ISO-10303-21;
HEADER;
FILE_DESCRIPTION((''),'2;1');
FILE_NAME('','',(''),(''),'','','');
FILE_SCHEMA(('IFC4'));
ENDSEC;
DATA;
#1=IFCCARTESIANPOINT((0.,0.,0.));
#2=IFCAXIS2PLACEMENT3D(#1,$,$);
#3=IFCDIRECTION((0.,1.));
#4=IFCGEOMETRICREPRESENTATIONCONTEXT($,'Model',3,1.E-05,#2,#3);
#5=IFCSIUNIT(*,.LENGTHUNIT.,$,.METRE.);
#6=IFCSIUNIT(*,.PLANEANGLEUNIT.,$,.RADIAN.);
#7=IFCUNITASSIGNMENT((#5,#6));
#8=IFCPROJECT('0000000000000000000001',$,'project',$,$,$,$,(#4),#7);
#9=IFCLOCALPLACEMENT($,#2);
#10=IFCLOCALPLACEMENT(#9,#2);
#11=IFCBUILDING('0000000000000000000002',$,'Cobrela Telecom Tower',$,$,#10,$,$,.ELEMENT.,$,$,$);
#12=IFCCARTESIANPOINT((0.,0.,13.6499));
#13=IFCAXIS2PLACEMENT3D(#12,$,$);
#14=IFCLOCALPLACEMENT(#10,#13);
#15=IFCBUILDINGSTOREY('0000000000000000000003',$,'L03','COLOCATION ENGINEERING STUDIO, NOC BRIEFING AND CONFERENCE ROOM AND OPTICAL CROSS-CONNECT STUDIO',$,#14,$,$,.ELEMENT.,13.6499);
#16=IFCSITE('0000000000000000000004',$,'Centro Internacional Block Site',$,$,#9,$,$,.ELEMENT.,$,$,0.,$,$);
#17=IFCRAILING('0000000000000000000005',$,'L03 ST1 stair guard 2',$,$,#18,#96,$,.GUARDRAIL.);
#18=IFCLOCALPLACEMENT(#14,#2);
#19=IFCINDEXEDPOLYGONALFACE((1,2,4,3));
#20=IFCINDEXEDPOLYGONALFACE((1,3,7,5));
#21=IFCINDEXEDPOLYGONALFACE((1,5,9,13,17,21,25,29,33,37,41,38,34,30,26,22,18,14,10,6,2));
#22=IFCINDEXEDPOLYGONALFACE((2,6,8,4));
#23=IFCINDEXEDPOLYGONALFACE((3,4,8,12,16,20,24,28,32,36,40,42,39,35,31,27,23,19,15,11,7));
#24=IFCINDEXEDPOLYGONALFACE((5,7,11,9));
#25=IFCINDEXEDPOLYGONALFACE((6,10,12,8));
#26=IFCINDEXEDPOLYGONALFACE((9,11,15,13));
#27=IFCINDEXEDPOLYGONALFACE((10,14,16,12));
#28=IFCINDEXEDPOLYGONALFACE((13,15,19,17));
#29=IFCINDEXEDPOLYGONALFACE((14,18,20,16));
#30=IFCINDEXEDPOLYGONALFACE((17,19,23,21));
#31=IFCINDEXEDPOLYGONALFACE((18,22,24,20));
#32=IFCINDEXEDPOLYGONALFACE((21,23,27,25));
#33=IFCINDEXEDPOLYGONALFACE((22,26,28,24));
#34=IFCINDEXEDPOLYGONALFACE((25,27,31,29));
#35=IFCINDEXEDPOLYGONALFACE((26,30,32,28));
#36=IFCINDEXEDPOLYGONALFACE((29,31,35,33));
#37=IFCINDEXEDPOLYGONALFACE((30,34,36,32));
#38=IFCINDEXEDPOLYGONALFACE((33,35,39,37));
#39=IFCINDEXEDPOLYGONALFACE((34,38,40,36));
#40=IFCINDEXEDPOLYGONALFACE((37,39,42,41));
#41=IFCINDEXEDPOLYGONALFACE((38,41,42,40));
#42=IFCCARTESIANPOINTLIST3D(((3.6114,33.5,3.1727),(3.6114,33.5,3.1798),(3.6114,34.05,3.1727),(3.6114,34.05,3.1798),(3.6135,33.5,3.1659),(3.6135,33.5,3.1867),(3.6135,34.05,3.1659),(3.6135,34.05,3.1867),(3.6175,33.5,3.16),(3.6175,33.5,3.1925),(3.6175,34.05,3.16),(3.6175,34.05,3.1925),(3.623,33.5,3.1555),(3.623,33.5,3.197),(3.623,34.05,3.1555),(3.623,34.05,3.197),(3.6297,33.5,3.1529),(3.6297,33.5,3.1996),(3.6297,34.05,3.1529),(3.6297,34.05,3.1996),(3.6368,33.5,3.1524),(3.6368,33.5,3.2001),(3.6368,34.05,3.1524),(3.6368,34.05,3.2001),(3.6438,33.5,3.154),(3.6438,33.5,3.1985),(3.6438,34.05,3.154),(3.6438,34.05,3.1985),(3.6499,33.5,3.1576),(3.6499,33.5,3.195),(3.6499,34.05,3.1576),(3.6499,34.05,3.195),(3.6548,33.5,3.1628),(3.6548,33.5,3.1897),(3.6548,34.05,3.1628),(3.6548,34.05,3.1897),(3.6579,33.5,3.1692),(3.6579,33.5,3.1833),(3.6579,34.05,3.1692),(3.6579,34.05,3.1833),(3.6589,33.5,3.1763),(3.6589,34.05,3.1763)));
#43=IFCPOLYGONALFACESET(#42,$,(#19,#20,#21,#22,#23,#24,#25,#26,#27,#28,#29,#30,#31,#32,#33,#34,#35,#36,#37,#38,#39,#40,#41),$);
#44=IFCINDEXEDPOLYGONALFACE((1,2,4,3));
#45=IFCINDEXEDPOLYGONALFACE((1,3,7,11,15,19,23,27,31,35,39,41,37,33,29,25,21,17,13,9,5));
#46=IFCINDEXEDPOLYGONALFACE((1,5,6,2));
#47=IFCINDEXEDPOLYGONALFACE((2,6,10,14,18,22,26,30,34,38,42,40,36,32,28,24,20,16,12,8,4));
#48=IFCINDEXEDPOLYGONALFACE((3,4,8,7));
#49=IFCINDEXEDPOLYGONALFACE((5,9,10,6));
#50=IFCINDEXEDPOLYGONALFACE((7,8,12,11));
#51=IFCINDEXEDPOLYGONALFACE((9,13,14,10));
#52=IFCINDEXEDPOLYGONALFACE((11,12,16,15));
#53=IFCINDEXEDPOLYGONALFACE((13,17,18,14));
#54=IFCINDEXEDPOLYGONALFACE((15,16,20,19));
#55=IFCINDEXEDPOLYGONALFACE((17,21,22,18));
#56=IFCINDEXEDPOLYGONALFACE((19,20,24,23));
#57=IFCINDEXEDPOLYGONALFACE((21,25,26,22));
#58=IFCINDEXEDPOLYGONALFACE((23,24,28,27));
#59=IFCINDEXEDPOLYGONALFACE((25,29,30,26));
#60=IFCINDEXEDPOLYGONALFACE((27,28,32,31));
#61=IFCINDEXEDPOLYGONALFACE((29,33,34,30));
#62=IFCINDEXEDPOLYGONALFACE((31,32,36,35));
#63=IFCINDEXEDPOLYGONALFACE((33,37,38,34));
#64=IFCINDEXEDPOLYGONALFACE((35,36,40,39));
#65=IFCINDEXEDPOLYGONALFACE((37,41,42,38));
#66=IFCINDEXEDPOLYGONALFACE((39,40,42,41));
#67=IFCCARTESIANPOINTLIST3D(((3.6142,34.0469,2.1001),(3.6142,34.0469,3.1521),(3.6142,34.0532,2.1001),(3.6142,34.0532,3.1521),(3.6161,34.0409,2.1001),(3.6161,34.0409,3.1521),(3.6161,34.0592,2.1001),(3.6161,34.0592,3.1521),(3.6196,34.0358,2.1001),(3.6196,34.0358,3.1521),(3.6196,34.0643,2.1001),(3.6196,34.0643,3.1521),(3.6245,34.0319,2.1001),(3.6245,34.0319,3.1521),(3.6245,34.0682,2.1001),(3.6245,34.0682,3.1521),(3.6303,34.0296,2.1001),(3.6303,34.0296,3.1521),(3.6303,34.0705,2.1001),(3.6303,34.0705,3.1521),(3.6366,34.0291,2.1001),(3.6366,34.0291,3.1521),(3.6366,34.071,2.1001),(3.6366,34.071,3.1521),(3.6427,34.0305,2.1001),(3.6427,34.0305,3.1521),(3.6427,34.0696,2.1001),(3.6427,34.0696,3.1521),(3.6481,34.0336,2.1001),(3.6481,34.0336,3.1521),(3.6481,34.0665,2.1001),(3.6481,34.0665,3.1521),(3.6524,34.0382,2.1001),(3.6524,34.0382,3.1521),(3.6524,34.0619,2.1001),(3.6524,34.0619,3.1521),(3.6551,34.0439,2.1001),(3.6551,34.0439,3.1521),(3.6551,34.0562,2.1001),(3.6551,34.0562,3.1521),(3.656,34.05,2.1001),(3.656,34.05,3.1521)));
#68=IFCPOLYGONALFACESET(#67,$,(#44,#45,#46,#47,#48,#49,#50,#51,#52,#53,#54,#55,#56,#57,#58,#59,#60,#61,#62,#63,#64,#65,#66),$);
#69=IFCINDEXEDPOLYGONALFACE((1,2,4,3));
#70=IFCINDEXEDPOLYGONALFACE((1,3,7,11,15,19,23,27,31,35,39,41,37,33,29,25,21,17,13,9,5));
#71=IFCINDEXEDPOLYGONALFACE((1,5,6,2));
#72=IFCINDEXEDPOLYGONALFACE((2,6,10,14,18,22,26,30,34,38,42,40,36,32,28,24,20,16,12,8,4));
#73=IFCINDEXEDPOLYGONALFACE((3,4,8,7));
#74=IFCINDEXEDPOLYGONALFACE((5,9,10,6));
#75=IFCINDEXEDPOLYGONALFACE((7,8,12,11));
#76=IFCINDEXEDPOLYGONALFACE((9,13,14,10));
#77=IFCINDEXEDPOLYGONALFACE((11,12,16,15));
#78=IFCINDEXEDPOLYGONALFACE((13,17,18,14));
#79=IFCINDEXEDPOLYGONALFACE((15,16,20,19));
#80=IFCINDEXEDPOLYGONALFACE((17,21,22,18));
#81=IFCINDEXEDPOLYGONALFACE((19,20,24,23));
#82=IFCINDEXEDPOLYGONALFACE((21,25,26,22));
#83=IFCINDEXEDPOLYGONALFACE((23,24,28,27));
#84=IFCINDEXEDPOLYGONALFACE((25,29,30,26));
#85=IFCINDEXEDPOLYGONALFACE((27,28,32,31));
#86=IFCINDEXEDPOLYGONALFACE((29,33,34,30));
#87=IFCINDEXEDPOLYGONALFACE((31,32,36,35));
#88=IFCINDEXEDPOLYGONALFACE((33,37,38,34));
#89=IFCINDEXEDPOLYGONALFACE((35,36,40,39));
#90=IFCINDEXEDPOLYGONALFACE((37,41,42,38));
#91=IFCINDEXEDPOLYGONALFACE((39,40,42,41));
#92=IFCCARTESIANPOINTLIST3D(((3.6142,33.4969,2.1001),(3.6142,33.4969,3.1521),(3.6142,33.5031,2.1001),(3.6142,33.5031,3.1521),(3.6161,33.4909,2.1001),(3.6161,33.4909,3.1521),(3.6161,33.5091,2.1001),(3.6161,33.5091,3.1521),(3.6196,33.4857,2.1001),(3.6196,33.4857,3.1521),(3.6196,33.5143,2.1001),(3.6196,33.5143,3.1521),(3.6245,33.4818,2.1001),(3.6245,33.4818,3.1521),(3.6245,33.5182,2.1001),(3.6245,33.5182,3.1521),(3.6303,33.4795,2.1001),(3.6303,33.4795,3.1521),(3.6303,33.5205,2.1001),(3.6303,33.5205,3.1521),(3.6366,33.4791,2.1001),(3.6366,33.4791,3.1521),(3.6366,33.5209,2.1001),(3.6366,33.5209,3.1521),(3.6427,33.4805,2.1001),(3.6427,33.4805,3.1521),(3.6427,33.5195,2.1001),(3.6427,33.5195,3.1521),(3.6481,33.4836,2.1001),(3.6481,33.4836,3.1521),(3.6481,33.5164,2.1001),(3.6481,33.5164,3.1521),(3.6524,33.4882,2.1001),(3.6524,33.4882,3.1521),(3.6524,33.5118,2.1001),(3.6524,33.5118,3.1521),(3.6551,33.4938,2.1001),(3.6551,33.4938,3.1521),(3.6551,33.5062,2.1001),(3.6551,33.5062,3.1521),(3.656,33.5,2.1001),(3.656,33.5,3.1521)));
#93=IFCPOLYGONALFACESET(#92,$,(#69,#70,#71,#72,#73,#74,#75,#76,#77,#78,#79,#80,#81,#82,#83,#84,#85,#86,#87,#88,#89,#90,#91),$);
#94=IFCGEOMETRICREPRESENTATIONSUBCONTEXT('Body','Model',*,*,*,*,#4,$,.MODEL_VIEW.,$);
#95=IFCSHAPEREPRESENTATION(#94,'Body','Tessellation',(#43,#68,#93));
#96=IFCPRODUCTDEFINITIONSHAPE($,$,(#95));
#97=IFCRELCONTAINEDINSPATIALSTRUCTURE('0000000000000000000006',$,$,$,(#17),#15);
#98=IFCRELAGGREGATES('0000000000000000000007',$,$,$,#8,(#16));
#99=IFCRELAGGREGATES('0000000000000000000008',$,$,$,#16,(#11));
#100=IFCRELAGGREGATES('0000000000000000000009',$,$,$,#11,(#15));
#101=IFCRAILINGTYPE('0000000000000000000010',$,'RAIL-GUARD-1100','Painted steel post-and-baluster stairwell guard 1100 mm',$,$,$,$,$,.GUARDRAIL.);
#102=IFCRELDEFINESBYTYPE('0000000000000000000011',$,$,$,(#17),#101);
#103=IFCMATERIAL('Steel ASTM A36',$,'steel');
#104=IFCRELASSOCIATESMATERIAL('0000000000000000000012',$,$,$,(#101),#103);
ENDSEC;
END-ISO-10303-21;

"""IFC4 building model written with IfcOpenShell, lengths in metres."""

from ifc_helpers import new_model, si_unit, direction, frame, origin, origin_2d, place, context, subcontext, project, spatial, circle, extrude, material, type_object, element, save


model = new_model("IFC4")

# Units and contexts
model_context = context("Model", 3, precision=1e-05, world=origin(), true_north=direction((0.0, 1.0)))
body_context = subcontext(model_context, "Body", "Model", "MODEL_VIEW")
ifc_project = project(units=[si_unit("LENGTHUNIT", "METRE"), si_unit("PLANEANGLEUNIT", "RADIAN")], contexts=[model_context])

# Site, building, storey
site_placement = place(None, origin())
site = spatial("IfcSite", under=ifc_project, at=site_placement, Name="Centro Internacional Block Site", CompositionType="ELEMENT", RefElevation=0.0)
building_placement = place(site_placement, origin())
building = spatial("IfcBuilding", under=site, at=building_placement, Name="Cobrela Telecom Tower", CompositionType="ELEMENT")
storey_placement = place(building_placement, frame((0.0, 0.0, 13.6499)))
storey = spatial("IfcBuildingStorey", under=building, at=storey_placement, Name="L03", Description="COLOCATION ENGINEERING STUDIO, NOC BRIEFING AND CONFERENCE ROOM AND OPTICAL CROSS-CONNECT STUDIO", CompositionType="ELEMENT", Elevation=13.6499)

# Shared definitions
ifc_material_1 = material(Name="Steel ASTM A36", Category="steel")

# Railing
railing_type_1 = type_object("IfcRailingType", Name="RAIL-GUARD-1100", Description="Painted steel post-and-baluster stairwell guard 1100 mm", PredefinedType="GUARDRAIL", material=ifc_material_1)
railing_1_placement = place(storey_placement, frame((3.635, 34.05, 2.1001)))
element("IfcRailing", 1, at=railing_1_placement, inside=storey, type_object=railing_type_1, Name="L03 ST1 stair guard 2", PredefinedType="GUARDRAIL", context=body_context, shape_type="SweptSolid", body=[
    extrude(circle(Radius=0.0239, at=origin_2d()), frame((0.0, 0.0, 1.0762), z_axis=(0.0, -1.0, 0.0), x_axis=(1.0, 0.0, 0.0)), (0.0, 0.0, 1.0), 0.55),
    extrude(circle(Radius=0.021, at=origin_2d()), origin(), (0.0, 0.0, 1.0), 1.052),
    extrude(circle(Radius=0.021, at=origin_2d()), frame((0.0, -0.55, 0.0)), (0.0, 0.0, 1.0), 1.052),
])

save(model, "model.ifc")
